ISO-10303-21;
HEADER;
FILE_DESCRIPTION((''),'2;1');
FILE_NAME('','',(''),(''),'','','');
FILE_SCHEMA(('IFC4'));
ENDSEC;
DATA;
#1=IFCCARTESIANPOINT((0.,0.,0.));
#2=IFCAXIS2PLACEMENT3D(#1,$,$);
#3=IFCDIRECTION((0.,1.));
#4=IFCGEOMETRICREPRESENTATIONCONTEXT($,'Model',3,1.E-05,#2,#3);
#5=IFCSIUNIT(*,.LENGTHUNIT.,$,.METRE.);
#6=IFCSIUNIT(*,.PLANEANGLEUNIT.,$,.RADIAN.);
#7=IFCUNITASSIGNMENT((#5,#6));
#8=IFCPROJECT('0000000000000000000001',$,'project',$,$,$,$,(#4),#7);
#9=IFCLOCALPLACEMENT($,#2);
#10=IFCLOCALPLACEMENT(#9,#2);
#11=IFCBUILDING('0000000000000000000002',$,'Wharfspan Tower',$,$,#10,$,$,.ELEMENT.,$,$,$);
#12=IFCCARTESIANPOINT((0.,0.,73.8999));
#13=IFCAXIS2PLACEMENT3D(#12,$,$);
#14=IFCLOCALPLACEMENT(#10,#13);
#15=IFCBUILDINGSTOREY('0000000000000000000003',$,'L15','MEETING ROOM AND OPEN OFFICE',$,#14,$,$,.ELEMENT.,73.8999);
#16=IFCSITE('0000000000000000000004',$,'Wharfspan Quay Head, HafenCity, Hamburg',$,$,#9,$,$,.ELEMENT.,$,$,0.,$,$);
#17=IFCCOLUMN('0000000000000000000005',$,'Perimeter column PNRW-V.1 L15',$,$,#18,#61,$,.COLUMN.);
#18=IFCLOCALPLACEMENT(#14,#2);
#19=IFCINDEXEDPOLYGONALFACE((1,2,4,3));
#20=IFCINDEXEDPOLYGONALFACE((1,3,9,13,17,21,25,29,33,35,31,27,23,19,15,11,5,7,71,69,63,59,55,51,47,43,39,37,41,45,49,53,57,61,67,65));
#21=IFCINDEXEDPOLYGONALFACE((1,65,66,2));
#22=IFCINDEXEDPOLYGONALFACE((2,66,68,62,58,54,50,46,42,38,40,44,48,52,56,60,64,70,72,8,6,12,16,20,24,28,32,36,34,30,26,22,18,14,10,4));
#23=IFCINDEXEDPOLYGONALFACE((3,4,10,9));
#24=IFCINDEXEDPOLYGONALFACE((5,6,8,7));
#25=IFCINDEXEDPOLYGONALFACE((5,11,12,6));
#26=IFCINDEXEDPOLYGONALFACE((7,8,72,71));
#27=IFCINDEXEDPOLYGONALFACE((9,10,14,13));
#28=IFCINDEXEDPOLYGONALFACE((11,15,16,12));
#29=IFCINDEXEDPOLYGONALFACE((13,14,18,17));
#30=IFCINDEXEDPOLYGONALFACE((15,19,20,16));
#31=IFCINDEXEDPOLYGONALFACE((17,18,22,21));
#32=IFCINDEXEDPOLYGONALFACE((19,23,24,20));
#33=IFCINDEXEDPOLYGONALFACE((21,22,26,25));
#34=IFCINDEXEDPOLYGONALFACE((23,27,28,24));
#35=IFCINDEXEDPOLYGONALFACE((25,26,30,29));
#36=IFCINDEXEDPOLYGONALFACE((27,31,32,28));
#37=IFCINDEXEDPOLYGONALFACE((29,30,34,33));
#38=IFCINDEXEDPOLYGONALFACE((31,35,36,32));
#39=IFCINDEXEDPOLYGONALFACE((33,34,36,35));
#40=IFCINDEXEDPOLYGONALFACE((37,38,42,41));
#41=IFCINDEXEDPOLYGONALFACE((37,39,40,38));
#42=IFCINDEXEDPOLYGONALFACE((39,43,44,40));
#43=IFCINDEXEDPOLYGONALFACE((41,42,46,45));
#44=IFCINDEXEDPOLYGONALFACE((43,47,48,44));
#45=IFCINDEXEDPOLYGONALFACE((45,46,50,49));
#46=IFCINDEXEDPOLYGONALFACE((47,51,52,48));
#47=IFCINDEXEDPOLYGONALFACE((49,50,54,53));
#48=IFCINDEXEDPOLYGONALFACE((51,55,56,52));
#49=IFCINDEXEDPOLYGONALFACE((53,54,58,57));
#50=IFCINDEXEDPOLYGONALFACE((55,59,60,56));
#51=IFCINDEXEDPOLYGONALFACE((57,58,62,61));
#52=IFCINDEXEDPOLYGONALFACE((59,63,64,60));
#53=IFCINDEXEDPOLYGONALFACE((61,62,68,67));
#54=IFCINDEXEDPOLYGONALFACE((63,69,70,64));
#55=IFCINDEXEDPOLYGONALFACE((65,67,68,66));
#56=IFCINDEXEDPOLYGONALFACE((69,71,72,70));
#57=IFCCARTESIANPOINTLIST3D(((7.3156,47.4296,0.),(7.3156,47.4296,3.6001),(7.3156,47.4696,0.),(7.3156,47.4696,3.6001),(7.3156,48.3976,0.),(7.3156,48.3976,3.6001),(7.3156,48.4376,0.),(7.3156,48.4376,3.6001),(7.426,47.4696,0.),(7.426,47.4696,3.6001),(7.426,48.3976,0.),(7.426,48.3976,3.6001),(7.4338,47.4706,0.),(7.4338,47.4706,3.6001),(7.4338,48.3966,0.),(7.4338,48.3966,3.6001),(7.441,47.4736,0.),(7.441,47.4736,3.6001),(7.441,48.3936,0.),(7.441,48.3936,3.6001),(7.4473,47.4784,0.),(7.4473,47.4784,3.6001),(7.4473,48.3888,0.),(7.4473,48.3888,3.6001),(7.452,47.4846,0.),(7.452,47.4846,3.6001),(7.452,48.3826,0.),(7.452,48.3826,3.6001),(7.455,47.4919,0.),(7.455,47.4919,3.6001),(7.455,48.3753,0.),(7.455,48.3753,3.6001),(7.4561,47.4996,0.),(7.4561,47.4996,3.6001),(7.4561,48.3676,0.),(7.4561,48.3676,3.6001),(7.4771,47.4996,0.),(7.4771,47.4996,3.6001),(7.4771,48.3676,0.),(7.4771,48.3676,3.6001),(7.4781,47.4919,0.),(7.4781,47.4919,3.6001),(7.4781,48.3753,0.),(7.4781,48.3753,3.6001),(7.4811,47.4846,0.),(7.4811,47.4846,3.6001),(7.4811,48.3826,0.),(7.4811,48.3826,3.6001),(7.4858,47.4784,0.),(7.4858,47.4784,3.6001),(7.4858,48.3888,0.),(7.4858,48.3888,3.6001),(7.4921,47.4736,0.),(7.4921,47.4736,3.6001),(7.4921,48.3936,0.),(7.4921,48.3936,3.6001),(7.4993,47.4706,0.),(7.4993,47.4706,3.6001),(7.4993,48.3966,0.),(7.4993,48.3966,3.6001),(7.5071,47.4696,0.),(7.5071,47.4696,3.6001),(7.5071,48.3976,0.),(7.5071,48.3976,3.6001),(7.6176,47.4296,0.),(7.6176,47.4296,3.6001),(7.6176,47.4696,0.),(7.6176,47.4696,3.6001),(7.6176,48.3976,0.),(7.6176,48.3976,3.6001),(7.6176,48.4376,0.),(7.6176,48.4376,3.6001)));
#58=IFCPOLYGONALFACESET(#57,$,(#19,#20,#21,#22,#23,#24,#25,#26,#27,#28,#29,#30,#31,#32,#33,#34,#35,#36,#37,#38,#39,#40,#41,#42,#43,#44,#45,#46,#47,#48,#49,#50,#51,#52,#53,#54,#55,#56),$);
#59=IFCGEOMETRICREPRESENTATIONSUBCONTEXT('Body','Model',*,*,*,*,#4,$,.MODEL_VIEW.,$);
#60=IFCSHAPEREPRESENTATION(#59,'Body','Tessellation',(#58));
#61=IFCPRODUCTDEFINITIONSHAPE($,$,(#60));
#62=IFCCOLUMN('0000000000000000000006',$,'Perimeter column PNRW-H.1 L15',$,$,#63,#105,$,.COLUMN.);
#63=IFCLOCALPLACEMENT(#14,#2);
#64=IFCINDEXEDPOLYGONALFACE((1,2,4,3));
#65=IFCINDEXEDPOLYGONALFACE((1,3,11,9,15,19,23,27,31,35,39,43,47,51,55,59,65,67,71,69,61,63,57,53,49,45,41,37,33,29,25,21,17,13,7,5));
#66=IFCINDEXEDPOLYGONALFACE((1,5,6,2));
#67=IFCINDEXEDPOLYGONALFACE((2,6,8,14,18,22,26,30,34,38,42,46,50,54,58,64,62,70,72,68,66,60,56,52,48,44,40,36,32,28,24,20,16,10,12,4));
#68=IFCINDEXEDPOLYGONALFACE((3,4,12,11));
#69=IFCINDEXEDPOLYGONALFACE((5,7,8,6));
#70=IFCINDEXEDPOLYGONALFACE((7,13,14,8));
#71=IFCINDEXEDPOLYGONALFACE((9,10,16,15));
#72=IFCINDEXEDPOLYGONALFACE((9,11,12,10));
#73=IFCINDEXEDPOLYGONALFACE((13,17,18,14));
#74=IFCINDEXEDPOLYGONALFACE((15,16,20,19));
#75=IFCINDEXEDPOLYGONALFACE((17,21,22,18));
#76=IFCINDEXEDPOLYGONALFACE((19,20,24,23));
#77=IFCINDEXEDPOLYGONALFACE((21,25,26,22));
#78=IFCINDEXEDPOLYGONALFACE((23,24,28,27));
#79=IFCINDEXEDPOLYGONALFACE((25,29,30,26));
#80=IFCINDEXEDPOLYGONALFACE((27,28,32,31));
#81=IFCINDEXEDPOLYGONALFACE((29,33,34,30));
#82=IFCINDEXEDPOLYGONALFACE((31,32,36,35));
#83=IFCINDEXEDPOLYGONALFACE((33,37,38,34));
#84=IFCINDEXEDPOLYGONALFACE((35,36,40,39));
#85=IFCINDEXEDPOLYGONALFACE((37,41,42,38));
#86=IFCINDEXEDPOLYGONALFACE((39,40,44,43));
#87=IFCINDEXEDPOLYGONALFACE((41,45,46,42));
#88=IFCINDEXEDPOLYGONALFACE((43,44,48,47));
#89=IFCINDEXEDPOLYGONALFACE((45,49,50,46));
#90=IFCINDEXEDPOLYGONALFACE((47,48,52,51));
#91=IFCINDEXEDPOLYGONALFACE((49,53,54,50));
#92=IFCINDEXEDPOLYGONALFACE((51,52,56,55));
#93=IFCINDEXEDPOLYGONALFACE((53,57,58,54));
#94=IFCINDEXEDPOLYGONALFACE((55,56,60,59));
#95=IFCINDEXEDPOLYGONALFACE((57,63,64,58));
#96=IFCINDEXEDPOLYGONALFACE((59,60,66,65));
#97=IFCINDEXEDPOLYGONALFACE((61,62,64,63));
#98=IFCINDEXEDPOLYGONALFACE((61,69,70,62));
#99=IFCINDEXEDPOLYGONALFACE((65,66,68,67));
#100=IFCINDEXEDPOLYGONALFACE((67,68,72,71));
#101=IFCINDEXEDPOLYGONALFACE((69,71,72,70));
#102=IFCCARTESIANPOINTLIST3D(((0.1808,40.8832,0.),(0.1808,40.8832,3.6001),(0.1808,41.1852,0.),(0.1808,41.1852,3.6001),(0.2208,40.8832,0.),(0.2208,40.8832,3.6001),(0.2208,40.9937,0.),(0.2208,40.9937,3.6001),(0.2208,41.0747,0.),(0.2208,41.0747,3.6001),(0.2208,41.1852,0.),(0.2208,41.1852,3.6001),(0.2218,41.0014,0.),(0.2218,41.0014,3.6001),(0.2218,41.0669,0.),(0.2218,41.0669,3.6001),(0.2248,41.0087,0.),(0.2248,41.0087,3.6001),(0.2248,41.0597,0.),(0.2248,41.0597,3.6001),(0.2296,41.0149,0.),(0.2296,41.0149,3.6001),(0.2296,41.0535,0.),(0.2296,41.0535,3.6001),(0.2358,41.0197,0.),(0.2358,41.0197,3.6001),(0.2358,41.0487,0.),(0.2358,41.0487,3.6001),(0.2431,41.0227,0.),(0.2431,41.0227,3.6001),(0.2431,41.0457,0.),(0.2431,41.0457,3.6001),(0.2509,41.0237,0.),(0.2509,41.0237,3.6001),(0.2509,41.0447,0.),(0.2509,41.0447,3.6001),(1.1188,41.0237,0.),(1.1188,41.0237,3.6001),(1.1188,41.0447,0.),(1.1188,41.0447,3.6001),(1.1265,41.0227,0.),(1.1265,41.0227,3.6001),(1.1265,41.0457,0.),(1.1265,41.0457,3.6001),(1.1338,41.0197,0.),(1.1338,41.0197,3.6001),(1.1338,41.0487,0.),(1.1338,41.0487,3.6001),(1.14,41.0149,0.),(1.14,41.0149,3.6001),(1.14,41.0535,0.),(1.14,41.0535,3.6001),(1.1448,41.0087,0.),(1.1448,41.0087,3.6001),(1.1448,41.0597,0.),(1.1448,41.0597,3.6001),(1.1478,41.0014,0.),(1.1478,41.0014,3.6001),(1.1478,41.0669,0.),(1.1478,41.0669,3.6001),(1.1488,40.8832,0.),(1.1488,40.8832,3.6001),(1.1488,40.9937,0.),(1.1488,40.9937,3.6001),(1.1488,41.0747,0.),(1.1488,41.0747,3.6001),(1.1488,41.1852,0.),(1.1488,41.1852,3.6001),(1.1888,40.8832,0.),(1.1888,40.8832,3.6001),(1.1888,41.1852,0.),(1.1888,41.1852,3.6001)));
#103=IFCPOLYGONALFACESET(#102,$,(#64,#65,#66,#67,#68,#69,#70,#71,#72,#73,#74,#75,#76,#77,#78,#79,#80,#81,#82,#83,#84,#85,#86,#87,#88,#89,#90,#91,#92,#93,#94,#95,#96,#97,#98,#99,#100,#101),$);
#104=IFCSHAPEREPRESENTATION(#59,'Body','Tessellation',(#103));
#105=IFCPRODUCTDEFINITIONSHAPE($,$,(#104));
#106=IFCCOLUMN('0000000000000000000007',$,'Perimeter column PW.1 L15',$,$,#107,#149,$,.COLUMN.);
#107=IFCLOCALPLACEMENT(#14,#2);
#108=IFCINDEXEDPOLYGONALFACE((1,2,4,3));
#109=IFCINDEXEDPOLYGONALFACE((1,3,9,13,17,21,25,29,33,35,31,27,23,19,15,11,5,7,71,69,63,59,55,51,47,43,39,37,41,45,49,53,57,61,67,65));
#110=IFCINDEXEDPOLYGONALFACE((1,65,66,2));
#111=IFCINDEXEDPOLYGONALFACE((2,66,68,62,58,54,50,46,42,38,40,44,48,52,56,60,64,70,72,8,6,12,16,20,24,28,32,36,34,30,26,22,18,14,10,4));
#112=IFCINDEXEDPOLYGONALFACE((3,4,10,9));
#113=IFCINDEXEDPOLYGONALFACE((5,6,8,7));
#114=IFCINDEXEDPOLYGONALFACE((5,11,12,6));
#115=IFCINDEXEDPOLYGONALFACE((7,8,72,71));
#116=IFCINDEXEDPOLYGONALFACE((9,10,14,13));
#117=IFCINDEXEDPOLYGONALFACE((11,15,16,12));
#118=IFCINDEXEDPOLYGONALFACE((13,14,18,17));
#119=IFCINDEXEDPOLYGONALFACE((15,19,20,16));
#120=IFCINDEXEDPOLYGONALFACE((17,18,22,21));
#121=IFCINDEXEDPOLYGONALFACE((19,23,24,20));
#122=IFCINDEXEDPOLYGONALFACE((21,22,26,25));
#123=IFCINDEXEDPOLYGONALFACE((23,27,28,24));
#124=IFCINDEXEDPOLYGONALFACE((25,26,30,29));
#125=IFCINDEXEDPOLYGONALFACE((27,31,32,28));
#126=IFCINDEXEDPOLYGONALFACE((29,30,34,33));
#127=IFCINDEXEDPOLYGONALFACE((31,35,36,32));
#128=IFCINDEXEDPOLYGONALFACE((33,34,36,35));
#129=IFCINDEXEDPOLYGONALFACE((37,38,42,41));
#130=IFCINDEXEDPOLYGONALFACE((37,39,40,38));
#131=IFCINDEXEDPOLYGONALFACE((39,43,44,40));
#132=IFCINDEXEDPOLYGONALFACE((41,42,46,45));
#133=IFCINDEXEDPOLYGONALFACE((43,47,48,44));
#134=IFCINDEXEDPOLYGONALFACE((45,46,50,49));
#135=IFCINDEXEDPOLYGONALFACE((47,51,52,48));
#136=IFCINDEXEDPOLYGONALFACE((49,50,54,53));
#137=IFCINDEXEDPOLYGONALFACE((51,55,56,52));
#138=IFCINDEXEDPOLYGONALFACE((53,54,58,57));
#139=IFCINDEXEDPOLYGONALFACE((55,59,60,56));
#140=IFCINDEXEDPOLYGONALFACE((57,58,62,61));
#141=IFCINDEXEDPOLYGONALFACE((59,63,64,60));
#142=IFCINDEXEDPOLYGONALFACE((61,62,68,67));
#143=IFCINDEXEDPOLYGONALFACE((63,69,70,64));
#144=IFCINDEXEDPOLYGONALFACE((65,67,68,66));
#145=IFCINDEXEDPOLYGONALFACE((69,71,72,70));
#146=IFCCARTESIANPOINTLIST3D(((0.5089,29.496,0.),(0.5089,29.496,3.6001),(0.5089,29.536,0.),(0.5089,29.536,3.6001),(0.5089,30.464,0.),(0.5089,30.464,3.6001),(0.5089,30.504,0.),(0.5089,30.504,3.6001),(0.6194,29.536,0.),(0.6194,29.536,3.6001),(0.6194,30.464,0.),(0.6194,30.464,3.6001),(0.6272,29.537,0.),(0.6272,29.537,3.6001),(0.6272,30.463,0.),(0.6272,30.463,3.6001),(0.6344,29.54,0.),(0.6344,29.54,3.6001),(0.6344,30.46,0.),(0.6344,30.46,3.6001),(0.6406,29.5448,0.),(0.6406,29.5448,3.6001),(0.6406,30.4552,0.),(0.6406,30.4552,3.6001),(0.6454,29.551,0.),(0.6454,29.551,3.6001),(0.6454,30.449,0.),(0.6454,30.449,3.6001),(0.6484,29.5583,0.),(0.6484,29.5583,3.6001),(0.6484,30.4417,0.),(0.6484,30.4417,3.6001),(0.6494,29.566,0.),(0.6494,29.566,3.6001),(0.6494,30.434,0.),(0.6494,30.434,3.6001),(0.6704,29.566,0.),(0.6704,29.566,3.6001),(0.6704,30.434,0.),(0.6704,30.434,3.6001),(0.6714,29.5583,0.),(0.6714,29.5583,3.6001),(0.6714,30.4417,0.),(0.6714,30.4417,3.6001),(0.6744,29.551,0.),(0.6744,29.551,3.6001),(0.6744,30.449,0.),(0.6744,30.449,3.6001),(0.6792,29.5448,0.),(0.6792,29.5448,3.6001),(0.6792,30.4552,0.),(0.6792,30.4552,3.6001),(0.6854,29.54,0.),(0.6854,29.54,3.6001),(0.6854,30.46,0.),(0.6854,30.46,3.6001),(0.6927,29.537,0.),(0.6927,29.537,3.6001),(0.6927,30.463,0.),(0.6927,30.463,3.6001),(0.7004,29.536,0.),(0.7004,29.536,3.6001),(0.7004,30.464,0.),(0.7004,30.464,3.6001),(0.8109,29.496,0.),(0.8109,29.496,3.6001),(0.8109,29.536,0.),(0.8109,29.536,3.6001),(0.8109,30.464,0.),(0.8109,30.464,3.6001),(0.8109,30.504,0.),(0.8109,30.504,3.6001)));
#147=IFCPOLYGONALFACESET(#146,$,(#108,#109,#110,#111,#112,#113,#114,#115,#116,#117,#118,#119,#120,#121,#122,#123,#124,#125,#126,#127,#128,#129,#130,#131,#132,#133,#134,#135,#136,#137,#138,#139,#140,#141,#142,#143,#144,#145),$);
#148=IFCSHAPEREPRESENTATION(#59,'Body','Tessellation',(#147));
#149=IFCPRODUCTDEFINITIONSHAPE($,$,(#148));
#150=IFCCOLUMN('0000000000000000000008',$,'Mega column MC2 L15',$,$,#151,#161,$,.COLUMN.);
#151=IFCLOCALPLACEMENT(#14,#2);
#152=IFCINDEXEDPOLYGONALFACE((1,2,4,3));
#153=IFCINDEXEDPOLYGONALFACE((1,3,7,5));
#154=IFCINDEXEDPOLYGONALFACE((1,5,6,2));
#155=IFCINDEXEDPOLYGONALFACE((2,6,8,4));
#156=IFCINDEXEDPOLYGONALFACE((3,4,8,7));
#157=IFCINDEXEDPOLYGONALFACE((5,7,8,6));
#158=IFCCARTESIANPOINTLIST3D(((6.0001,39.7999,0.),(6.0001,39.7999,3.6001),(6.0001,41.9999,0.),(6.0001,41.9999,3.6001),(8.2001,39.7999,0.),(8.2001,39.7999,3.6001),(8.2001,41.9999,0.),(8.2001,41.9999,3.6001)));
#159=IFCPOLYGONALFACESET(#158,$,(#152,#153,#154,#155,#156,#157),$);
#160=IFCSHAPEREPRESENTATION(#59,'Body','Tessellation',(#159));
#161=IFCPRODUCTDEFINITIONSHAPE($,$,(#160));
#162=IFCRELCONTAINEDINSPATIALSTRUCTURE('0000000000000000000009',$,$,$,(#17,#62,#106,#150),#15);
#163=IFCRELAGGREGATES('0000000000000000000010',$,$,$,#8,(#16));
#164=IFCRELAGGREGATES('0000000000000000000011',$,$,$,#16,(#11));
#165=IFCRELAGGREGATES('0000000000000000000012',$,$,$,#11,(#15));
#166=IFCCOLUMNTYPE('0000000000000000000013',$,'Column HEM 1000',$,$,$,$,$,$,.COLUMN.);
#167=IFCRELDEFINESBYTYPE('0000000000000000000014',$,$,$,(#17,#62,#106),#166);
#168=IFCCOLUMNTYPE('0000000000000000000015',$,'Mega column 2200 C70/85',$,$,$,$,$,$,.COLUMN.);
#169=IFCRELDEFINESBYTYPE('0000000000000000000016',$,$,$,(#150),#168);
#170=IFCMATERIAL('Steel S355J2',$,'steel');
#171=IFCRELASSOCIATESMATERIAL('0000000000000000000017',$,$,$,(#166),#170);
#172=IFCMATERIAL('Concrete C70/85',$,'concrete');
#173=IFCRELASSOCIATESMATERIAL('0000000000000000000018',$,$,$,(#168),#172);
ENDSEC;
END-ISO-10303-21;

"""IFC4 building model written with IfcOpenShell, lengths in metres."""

from ifc_helpers import new_model, si_unit, direction, frame, origin, origin_2d, place, context, subcontext, project, spatial, rectangle, i_section, extrude, material, material_profile, profile_set, type_object, element, save


model = new_model("IFC4")

# Units and contexts
model_context = context("Model", 3, precision=1e-05, world=origin(), true_north=direction((0.0, 1.0)))
body_context = subcontext(model_context, "Body", "Model", "MODEL_VIEW")
ifc_project = project(units=[si_unit("LENGTHUNIT", "METRE"), si_unit("PLANEANGLEUNIT", "RADIAN")], contexts=[model_context])

# Site, building, storey
site_placement = place(None, origin())
site = spatial("IfcSite", under=ifc_project, at=site_placement, Name="Wharfspan Quay Head, HafenCity, Hamburg", CompositionType="ELEMENT", RefElevation=0.0)
building_placement = place(site_placement, origin())
building = spatial("IfcBuilding", under=site, at=building_placement, Name="Wharfspan Tower", CompositionType="ELEMENT")
storey_placement = place(building_placement, frame((0.0, 0.0, 73.8999)))
storey = spatial("IfcBuildingStorey", under=building, at=storey_placement, Name="L15", Description="MEETING ROOM AND OPEN OFFICE", CompositionType="ELEMENT", Elevation=73.8999)

# Columns
ifc_material_1 = material(Name="Steel S355J2", Category="steel")
ifc_material_profile_1 = material_profile(ifc_material_1, i_section(OverallWidth=0.302, OverallDepth=1.0081, WebThickness=0.021, FlangeThickness=0.04, FilletRadius=0.03, at=origin_2d()))
ifc_profile_set_1 = profile_set([ifc_material_profile_1], Name="Steel S355J2")
column_type_1 = type_object("IfcColumnType", Name="Column HEM 1000", PredefinedType="COLUMN", material=ifc_profile_set_1)
for number, where, z_axis, x_axis, name in (
    (1, (7.4666, 47.9336, 0.0), (0.0, 0.0, 1.0), (-1.0, 0.0, 0.0), "Perimeter column PNRW-V.1 L15"),
    (2, (0.6848, 41.0342, 0.0), (0.0, 0.0, 1.0), (0.0, 1.0, 0.0), "Perimeter column PNRW-H.1 L15"),
    (3, (0.6599, 30.0, 0.0), (0.0, 0.0, 1.0), (-1.0, 0.0, 0.0), "Perimeter column PW.1 L15"),
):
    element("IfcColumn", number, at=place(storey_placement, frame(where, z_axis=z_axis, x_axis=x_axis)), inside=storey, type_object=column_type_1, Name=name, PredefinedType="COLUMN", context=body_context, shape_type="SweptSolid", body=[
        extrude(i_section(OverallWidth=0.302, OverallDepth=1.0081, WebThickness=0.021, FlangeThickness=0.04, FilletRadius=0.03, at=origin_2d()), origin(), (0.0, 0.0, 1.0), 3.6001),
    ])
ifc_material_2 = material(Name="Concrete C70/85", Category="concrete")
ifc_material_profile_2 = material_profile(ifc_material_2, rectangle(XDim=2.2, YDim=2.2, at=origin_2d()))
ifc_profile_set_2 = profile_set([ifc_material_profile_2], Name="Concrete C70/85")
column_type_2 = type_object("IfcColumnType", Name="Mega column 2200 C70/85", PredefinedType="COLUMN", material=ifc_profile_set_2)
column_placement = place(storey_placement, frame((7.1001, 40.8999, 0.0), z_axis=(0.0, 0.0, 1.0), x_axis=(1.0, 0.0, 0.0)))
element("IfcColumn", 4, at=column_placement, inside=storey, type_object=column_type_2, Name="Mega column MC2 L15", PredefinedType="COLUMN", context=body_context, shape_type="SweptSolid", body=[
    extrude(rectangle(XDim=2.2, YDim=2.2, at=origin_2d()), origin(), (0.0, 0.0, 1.0), 3.6001),
])

save(model, "model.ifc")
